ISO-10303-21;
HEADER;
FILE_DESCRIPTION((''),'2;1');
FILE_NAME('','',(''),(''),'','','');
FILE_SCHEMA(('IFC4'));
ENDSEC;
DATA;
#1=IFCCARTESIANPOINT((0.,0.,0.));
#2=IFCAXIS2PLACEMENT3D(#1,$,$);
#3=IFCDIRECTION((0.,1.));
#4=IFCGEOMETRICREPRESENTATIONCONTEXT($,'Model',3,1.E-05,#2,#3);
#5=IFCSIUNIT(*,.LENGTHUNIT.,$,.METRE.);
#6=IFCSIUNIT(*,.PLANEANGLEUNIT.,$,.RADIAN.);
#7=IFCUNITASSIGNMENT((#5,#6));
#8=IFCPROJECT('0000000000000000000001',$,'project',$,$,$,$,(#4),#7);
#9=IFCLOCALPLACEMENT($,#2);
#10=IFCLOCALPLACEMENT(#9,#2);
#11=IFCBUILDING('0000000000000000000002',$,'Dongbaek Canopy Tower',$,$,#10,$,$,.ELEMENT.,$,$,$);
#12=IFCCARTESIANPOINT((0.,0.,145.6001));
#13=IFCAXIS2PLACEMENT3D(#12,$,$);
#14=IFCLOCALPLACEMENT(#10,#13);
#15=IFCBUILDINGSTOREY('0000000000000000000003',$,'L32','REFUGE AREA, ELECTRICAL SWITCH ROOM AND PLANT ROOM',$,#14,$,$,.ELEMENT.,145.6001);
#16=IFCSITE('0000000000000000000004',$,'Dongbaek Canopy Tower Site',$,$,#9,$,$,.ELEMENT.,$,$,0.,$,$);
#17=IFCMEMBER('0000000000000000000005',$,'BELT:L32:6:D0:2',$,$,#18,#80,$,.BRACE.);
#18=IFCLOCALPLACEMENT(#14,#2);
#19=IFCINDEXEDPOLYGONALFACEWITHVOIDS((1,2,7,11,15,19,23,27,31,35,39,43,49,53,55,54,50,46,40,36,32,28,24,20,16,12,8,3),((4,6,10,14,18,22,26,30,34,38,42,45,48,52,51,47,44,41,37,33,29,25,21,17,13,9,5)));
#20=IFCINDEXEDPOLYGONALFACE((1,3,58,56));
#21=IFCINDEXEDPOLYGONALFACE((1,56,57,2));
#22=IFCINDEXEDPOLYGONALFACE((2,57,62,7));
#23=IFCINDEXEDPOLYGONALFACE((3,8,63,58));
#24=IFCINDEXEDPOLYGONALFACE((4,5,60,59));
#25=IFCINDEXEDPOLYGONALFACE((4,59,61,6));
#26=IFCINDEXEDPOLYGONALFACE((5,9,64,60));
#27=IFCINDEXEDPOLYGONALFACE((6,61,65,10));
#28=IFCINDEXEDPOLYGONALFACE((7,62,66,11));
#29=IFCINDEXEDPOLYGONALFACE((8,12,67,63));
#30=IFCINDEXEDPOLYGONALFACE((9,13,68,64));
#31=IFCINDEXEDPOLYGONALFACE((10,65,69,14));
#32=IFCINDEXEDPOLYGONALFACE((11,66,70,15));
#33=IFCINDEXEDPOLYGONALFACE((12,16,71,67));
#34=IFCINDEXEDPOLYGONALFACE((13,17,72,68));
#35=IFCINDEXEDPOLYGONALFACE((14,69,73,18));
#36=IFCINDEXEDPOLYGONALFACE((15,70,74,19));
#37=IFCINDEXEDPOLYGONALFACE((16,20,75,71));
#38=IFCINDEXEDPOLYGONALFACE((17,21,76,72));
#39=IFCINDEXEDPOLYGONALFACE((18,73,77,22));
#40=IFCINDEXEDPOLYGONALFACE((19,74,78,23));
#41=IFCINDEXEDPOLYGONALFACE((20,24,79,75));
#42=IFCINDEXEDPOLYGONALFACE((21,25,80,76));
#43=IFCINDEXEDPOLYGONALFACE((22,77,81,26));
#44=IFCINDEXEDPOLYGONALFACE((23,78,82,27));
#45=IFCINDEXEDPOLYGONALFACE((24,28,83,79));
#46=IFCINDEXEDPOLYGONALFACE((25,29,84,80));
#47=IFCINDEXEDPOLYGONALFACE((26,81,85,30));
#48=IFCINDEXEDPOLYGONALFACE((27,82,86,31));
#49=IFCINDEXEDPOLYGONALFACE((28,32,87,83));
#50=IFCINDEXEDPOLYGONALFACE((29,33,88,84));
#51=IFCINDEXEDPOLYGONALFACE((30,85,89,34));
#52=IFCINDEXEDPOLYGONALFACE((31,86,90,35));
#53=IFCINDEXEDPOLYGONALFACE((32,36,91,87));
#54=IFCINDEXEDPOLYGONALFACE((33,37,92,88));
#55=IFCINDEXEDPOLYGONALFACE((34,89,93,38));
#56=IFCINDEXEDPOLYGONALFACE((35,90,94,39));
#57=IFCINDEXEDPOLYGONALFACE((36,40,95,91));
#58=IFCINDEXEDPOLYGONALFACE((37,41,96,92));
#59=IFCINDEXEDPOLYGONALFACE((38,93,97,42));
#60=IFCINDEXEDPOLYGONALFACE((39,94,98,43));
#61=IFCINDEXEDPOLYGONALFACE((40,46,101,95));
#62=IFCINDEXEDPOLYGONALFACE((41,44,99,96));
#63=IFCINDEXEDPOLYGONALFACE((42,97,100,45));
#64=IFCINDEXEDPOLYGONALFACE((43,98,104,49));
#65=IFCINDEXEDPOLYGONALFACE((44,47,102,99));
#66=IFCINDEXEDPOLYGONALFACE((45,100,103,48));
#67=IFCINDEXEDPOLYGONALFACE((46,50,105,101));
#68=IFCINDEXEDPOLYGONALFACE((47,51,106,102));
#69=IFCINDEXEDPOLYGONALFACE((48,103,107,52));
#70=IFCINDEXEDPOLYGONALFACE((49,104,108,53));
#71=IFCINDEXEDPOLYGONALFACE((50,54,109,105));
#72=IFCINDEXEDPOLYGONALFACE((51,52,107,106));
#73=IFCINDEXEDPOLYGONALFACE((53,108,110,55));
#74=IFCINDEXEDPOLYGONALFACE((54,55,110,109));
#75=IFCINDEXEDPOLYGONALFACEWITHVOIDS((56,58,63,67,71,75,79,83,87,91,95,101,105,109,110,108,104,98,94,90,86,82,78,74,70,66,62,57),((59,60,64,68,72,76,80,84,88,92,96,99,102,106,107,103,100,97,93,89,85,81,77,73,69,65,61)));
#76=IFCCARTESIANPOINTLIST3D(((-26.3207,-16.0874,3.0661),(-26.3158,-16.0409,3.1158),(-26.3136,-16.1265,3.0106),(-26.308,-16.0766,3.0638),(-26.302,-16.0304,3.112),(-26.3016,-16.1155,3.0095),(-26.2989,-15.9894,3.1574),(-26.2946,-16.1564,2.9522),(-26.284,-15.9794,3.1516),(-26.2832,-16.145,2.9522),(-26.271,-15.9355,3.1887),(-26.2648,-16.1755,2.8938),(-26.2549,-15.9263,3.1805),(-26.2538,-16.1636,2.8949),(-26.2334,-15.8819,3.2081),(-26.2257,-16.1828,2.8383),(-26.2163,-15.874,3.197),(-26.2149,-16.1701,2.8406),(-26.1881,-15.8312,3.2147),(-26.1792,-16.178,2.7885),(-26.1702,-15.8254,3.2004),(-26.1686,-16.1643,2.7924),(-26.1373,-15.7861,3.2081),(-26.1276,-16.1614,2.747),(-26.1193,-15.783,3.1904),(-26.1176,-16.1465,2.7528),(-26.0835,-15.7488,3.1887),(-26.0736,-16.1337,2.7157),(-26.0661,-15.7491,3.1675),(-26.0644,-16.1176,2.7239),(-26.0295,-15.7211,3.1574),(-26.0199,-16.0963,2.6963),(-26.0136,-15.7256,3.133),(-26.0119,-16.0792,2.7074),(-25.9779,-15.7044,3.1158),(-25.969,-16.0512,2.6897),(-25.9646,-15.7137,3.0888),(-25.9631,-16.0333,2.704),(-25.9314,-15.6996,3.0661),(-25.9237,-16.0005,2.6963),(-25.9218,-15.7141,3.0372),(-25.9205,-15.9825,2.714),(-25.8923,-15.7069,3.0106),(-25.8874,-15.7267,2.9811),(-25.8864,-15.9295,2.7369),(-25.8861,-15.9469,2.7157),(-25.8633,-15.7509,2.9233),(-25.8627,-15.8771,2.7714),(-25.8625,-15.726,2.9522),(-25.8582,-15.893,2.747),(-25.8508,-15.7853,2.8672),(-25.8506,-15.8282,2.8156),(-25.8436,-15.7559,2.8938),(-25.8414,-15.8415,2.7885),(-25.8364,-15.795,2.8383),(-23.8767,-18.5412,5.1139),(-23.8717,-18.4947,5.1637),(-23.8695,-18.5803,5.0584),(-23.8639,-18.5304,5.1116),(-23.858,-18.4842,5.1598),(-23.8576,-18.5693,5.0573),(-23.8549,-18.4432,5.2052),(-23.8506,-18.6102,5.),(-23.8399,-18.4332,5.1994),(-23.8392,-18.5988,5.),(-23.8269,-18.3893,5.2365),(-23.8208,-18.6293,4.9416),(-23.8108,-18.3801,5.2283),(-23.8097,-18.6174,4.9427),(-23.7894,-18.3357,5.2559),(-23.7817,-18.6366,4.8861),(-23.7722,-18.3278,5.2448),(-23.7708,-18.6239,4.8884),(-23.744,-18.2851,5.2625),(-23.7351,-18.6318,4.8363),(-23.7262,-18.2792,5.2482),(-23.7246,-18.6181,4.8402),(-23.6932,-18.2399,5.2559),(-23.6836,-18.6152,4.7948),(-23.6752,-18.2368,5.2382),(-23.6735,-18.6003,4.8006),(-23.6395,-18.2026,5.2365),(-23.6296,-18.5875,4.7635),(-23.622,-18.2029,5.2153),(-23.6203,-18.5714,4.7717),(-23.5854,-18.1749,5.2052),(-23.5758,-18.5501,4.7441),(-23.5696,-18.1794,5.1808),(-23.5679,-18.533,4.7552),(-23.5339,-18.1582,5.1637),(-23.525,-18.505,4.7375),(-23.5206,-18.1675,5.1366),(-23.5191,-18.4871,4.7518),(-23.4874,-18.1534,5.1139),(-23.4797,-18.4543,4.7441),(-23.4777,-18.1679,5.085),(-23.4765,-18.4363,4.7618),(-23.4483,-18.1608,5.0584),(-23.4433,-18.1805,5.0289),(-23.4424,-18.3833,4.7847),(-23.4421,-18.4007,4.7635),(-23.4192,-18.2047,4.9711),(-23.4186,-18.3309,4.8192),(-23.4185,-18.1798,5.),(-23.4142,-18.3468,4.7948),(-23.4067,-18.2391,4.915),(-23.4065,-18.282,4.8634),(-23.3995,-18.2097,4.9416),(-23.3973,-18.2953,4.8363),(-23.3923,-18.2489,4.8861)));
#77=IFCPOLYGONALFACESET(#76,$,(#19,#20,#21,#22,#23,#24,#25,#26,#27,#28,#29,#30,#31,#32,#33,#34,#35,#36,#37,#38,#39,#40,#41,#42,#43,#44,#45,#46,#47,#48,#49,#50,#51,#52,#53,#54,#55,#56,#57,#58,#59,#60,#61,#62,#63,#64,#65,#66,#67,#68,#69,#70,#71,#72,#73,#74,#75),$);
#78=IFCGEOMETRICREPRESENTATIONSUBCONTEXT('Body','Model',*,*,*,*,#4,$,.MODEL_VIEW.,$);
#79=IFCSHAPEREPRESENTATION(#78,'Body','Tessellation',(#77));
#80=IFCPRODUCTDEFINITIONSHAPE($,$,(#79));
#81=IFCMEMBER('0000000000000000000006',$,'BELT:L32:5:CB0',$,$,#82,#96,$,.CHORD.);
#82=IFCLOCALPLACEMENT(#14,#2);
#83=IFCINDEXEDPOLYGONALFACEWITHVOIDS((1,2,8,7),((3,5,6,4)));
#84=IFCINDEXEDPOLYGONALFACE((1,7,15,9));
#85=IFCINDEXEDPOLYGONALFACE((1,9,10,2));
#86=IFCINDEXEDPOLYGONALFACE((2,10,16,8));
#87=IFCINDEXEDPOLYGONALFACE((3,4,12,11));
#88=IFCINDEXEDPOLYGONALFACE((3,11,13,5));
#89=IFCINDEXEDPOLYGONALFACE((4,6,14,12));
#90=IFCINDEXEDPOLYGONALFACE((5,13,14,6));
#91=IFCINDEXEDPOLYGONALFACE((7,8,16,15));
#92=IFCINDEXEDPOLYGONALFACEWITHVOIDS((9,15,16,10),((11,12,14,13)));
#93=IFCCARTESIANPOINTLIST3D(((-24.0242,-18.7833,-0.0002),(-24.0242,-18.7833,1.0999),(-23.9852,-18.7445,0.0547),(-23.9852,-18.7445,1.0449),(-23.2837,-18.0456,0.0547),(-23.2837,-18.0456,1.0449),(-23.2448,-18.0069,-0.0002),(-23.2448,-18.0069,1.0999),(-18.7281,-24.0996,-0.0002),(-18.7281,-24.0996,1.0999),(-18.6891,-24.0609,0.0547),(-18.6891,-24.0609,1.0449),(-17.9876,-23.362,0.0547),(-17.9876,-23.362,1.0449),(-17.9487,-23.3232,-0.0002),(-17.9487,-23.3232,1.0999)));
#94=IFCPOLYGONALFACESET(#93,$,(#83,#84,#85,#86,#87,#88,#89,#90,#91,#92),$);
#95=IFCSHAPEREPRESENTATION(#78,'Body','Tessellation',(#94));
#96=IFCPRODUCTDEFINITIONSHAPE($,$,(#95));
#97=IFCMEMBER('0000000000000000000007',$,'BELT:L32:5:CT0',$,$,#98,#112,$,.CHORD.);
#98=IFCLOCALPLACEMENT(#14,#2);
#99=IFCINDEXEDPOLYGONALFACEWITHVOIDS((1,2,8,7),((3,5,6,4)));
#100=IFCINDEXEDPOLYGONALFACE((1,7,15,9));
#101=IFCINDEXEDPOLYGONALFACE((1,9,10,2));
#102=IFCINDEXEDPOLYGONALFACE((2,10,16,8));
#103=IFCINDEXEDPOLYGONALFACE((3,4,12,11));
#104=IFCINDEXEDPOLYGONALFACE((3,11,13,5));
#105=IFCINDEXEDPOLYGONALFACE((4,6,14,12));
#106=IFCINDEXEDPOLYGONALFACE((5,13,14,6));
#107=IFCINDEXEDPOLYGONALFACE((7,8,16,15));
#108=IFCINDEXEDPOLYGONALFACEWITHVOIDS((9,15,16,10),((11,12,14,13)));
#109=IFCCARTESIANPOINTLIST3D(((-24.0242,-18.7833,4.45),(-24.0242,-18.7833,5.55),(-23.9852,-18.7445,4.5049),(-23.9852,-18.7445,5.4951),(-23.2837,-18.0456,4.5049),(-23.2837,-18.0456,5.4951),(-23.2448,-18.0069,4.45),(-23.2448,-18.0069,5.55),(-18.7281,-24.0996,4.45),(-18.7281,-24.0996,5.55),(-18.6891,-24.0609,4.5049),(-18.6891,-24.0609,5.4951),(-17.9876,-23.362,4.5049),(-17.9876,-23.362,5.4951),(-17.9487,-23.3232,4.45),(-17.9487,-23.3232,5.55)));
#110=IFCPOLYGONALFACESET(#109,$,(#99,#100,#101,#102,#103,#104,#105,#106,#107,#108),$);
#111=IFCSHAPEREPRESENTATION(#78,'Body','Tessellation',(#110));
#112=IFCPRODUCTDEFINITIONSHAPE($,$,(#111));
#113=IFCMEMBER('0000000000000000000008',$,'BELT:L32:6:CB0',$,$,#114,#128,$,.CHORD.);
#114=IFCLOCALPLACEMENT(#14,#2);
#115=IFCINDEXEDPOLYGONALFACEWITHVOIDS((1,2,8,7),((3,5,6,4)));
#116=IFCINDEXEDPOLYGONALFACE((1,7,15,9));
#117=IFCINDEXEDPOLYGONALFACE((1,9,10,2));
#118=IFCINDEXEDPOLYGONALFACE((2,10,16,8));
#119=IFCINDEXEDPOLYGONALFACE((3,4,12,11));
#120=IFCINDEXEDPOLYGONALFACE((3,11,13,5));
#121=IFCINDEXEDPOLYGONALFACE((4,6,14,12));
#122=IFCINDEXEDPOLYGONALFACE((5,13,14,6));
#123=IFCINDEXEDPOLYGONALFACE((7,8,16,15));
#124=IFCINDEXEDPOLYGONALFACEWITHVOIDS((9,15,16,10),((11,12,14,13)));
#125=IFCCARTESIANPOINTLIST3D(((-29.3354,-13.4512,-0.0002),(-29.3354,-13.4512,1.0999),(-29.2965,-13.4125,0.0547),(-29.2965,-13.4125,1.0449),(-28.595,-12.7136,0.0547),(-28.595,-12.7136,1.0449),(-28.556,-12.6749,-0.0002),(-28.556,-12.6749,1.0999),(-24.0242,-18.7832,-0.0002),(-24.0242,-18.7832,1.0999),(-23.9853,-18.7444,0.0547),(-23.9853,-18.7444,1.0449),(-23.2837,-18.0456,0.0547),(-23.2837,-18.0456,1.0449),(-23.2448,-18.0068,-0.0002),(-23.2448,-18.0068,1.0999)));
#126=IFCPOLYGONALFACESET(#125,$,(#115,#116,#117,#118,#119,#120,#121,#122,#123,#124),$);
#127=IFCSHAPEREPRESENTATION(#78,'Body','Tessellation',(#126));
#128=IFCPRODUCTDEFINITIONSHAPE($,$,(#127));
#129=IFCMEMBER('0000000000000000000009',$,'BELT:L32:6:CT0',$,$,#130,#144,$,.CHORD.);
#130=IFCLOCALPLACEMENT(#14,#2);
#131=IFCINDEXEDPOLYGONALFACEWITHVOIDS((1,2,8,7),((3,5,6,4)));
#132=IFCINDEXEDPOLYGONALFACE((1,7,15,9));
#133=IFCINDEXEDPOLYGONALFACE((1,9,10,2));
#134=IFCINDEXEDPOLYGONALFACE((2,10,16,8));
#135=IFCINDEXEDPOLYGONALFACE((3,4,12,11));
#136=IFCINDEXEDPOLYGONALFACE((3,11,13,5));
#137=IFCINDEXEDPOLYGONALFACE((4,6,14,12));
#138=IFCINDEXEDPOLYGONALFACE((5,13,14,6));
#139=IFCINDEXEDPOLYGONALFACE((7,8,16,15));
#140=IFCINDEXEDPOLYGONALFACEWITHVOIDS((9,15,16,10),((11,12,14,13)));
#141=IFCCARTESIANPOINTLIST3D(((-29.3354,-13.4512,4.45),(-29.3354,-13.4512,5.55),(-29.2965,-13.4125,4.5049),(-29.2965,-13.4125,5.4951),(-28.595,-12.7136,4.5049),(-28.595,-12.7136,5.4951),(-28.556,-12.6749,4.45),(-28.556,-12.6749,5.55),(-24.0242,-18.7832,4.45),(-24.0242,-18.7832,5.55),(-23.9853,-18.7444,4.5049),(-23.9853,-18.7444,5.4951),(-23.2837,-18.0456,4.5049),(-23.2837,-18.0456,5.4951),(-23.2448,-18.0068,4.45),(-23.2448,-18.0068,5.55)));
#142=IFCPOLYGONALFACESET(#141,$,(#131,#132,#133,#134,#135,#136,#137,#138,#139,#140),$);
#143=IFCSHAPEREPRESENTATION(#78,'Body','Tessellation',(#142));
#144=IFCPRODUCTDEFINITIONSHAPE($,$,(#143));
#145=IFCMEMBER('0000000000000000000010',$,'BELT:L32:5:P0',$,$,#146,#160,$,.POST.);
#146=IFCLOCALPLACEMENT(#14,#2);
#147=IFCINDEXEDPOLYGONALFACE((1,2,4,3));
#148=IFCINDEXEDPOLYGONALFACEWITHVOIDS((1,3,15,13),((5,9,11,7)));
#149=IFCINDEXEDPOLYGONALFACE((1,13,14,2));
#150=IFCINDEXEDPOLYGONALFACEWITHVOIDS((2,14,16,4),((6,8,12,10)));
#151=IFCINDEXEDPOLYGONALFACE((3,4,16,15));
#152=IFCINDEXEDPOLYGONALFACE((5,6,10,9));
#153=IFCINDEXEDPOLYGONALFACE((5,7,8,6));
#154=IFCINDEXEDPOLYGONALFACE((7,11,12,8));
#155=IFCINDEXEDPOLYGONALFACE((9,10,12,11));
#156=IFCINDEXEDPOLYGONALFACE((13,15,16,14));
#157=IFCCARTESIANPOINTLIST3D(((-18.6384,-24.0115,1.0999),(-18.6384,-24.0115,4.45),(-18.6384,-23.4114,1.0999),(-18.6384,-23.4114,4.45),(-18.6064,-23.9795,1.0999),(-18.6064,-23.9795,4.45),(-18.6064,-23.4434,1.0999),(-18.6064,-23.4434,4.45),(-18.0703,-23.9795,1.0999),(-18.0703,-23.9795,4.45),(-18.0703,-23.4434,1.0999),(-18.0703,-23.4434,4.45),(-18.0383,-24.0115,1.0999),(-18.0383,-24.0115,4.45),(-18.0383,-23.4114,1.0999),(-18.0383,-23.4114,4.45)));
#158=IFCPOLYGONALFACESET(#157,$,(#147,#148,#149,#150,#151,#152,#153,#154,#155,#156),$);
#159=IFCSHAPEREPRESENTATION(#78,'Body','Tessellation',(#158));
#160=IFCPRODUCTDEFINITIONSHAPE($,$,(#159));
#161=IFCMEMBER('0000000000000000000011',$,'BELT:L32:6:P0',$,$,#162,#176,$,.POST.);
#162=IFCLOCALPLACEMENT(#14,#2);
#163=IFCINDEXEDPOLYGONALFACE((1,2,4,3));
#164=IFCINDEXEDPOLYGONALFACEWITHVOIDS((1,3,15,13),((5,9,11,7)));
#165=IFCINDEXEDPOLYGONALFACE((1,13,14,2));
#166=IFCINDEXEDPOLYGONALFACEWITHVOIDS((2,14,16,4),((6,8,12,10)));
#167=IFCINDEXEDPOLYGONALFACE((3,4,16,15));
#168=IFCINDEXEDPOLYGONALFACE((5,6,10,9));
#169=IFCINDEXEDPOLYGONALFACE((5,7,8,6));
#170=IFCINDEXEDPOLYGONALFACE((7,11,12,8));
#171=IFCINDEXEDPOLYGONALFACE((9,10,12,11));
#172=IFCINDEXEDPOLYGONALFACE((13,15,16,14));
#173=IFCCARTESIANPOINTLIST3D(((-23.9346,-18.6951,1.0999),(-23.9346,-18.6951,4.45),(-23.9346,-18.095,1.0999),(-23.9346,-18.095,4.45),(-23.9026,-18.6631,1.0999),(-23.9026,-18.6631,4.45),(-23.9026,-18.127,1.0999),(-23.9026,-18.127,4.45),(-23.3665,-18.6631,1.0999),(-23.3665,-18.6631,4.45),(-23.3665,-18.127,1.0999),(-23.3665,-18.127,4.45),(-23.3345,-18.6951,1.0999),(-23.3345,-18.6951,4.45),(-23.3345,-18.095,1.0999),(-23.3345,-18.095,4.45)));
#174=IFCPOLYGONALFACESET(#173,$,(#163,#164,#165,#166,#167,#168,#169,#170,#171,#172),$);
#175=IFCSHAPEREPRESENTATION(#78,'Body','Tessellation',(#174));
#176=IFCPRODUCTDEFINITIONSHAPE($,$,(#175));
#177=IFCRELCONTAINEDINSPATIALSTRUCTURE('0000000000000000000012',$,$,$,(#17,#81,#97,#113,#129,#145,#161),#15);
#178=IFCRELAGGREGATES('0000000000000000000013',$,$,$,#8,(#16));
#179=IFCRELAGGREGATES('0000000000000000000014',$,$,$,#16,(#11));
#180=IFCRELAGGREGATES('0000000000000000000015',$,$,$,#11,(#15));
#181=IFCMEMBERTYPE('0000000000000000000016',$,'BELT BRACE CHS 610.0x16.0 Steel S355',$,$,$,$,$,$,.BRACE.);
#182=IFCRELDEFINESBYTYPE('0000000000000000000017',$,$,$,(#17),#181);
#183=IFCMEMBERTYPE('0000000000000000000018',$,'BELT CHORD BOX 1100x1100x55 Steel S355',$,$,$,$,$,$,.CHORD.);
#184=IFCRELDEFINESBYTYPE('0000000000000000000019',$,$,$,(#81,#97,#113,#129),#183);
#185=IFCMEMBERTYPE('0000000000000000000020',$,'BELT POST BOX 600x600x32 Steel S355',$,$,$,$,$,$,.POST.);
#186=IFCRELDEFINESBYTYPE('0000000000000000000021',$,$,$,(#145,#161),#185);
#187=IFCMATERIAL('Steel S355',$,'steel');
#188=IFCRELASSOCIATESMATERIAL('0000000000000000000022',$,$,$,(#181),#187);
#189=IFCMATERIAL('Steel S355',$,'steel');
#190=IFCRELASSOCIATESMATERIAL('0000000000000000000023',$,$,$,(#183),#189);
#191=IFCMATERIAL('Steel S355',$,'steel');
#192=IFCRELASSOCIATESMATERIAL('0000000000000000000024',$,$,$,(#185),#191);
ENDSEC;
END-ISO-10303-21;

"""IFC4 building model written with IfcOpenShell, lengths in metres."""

from ifc_helpers import new_model, si_unit, direction, frame, origin, origin_2d, place, context, subcontext, project, spatial, hollow_rectangle, hollow_circle, extrude, material, material_profile, profile_set, type_object, element, save


model = new_model("IFC4")

# Units and contexts
model_context = context("Model", 3, precision=1e-05, world=origin(), true_north=direction((0.0, 1.0)))
body_context = subcontext(model_context, "Body", "Model", "MODEL_VIEW")
ifc_project = project(units=[si_unit("LENGTHUNIT", "METRE"), si_unit("PLANEANGLEUNIT", "RADIAN")], contexts=[model_context])

# Site, building, storey
site_placement = place(None, origin())
site = spatial("IfcSite", under=ifc_project, at=site_placement, Name="Dongbaek Canopy Tower Site", CompositionType="ELEMENT", RefElevation=0.0)
building_placement = place(site_placement, origin())
building = spatial("IfcBuilding", under=site, at=building_placement, Name="Dongbaek Canopy Tower", CompositionType="ELEMENT")
storey_placement = place(building_placement, frame((0.0, 0.0, 145.6001)))
storey = spatial("IfcBuildingStorey", under=building, at=storey_placement, Name="L32", Description="REFUGE AREA, ELECTRICAL SWITCH ROOM AND PLANT ROOM", CompositionType="ELEMENT", Elevation=145.6001)

# Members
ifc_material_1 = material(Name="Steel S355", Category="steel")
ifc_material_profile_1 = material_profile(ifc_material_1, hollow_circle(Radius=0.3049, WallThickness=0.0161, at=origin_2d()), Name="BELT BRACE CHS 610.0x16.0 Steel S355")
ifc_profile_set_1 = profile_set([ifc_material_profile_1], Name="Steel S355")
member_type_1 = type_object("IfcMemberType", Name="BELT BRACE CHS 610.0x16.0 Steel S355", PredefinedType="BRACE", material=ifc_profile_set_1)
member_1_placement = place(storey_placement, frame((-23.6345, -18.395, 5.0), z_axis=(-0.607451, 0.609879, -0.50897), x_axis=(-0.708515, -0.705696, 0.0)))
element("IfcMember", 1, at=member_1_placement, inside=storey, type_object=member_type_1, Name="BELT:L32:6:D0:2", PredefinedType="BRACE", context=body_context, shape_type="SweptSolid", body=[
    extrude(hollow_circle(Radius=0.3049, WallThickness=0.0161, at=origin_2d()), origin(), (0.0, 0.0, 1.0), 4.0234),
])
ifc_material_2 = material(Name="Steel S355", Category="steel")
ifc_material_profile_2 = material_profile(ifc_material_2, hollow_rectangle(XDim=1.1001, YDim=1.1001, WallThickness=0.0549, at=origin_2d()), Name="BELT CHORD BOX 1100x1100x55 Steel S355")
ifc_profile_set_2 = profile_set([ifc_material_profile_2], Name="Steel S355")
member_type_2 = type_object("IfcMemberType", Name="BELT CHORD BOX 1100x1100x55 Steel S355", PredefinedType="CHORD", material=ifc_profile_set_2)
for number, where, z_axis, x_axis, name in (
    (2, (-18.3384, -23.7114, 0.5498), (-0.705755, 0.708456, 0.0), (-0.708456, -0.705755, 0.0), "BELT:L32:5:CB0"),
    (3, (-18.3384, -23.7114, 5.0), (-0.705755, 0.708456, 0.0), (-0.708456, -0.705755, 0.0), "BELT:L32:5:CT0"),
):
    element("IfcMember", number, at=place(storey_placement, frame(where, z_axis=z_axis, x_axis=x_axis)), inside=storey, type_object=member_type_2, Name=name, PredefinedType="CHORD", context=body_context, shape_type="SweptSolid", body=[
        extrude(hollow_rectangle(XDim=1.1001, YDim=1.1001, WallThickness=0.0549, at=origin_2d()), origin(), (0.0, 0.0, 1.0), 7.5042),
    ])
for number, where, z_axis, x_axis, name in (
    (4, (-23.6345, -18.395, 0.5498), (-0.705727, 0.708484, 0.0), (-0.708484, -0.705727, 0.0), "BELT:L32:6:CB0"),
    (5, (-23.6345, -18.395, 5.0), (-0.705727, 0.708484, 0.0), (-0.708484, -0.705727, 0.0), "BELT:L32:6:CT0"),
):
    element("IfcMember", number, at=place(storey_placement, frame(where, z_axis=z_axis, x_axis=x_axis)), inside=storey, type_object=member_type_2, Name=name, PredefinedType="CHORD", context=body_context, shape_type="SweptSolid", body=[
        extrude(hollow_rectangle(XDim=1.1001, YDim=1.1001, WallThickness=0.0549, at=origin_2d()), origin(), (0.0, 0.0, 1.0), 7.5259),
    ])
ifc_material_3 = material(Name="Steel S355", Category="steel")
ifc_material_profile_3 = material_profile(ifc_material_3, hollow_rectangle(XDim=0.6001, YDim=0.6001, WallThickness=0.032, at=origin_2d()), Name="BELT POST BOX 600x600x32 Steel S355")
ifc_profile_set_3 = profile_set([ifc_material_profile_3], Name="Steel S355")
member_type_3 = type_object("IfcMemberType", Name="BELT POST BOX 600x600x32 Steel S355", PredefinedType="POST", material=ifc_profile_set_3)
for number, where, z_axis, x_axis, name in (
    (6, (-18.3384, -23.7114, 1.0999), (0.0, 0.0, 1.0), (1.0, 0.0, 0.0), "BELT:L32:5:P0"),
    (7, (-23.6345, -18.395, 1.0999), (0.0, 0.0, 1.0), (1.0, 0.0, 0.0), "BELT:L32:6:P0"),
):
    element("IfcMember", number, at=place(storey_placement, frame(where, z_axis=z_axis, x_axis=x_axis)), inside=storey, type_object=member_type_3, Name=name, PredefinedType="POST", context=body_context, shape_type="SweptSolid", body=[
        extrude(hollow_rectangle(XDim=0.6001, YDim=0.6001, WallThickness=0.032, at=origin_2d()), origin(), (0.0, 0.0, 1.0), 3.3501),
    ])

save(model, "model.ifc")
